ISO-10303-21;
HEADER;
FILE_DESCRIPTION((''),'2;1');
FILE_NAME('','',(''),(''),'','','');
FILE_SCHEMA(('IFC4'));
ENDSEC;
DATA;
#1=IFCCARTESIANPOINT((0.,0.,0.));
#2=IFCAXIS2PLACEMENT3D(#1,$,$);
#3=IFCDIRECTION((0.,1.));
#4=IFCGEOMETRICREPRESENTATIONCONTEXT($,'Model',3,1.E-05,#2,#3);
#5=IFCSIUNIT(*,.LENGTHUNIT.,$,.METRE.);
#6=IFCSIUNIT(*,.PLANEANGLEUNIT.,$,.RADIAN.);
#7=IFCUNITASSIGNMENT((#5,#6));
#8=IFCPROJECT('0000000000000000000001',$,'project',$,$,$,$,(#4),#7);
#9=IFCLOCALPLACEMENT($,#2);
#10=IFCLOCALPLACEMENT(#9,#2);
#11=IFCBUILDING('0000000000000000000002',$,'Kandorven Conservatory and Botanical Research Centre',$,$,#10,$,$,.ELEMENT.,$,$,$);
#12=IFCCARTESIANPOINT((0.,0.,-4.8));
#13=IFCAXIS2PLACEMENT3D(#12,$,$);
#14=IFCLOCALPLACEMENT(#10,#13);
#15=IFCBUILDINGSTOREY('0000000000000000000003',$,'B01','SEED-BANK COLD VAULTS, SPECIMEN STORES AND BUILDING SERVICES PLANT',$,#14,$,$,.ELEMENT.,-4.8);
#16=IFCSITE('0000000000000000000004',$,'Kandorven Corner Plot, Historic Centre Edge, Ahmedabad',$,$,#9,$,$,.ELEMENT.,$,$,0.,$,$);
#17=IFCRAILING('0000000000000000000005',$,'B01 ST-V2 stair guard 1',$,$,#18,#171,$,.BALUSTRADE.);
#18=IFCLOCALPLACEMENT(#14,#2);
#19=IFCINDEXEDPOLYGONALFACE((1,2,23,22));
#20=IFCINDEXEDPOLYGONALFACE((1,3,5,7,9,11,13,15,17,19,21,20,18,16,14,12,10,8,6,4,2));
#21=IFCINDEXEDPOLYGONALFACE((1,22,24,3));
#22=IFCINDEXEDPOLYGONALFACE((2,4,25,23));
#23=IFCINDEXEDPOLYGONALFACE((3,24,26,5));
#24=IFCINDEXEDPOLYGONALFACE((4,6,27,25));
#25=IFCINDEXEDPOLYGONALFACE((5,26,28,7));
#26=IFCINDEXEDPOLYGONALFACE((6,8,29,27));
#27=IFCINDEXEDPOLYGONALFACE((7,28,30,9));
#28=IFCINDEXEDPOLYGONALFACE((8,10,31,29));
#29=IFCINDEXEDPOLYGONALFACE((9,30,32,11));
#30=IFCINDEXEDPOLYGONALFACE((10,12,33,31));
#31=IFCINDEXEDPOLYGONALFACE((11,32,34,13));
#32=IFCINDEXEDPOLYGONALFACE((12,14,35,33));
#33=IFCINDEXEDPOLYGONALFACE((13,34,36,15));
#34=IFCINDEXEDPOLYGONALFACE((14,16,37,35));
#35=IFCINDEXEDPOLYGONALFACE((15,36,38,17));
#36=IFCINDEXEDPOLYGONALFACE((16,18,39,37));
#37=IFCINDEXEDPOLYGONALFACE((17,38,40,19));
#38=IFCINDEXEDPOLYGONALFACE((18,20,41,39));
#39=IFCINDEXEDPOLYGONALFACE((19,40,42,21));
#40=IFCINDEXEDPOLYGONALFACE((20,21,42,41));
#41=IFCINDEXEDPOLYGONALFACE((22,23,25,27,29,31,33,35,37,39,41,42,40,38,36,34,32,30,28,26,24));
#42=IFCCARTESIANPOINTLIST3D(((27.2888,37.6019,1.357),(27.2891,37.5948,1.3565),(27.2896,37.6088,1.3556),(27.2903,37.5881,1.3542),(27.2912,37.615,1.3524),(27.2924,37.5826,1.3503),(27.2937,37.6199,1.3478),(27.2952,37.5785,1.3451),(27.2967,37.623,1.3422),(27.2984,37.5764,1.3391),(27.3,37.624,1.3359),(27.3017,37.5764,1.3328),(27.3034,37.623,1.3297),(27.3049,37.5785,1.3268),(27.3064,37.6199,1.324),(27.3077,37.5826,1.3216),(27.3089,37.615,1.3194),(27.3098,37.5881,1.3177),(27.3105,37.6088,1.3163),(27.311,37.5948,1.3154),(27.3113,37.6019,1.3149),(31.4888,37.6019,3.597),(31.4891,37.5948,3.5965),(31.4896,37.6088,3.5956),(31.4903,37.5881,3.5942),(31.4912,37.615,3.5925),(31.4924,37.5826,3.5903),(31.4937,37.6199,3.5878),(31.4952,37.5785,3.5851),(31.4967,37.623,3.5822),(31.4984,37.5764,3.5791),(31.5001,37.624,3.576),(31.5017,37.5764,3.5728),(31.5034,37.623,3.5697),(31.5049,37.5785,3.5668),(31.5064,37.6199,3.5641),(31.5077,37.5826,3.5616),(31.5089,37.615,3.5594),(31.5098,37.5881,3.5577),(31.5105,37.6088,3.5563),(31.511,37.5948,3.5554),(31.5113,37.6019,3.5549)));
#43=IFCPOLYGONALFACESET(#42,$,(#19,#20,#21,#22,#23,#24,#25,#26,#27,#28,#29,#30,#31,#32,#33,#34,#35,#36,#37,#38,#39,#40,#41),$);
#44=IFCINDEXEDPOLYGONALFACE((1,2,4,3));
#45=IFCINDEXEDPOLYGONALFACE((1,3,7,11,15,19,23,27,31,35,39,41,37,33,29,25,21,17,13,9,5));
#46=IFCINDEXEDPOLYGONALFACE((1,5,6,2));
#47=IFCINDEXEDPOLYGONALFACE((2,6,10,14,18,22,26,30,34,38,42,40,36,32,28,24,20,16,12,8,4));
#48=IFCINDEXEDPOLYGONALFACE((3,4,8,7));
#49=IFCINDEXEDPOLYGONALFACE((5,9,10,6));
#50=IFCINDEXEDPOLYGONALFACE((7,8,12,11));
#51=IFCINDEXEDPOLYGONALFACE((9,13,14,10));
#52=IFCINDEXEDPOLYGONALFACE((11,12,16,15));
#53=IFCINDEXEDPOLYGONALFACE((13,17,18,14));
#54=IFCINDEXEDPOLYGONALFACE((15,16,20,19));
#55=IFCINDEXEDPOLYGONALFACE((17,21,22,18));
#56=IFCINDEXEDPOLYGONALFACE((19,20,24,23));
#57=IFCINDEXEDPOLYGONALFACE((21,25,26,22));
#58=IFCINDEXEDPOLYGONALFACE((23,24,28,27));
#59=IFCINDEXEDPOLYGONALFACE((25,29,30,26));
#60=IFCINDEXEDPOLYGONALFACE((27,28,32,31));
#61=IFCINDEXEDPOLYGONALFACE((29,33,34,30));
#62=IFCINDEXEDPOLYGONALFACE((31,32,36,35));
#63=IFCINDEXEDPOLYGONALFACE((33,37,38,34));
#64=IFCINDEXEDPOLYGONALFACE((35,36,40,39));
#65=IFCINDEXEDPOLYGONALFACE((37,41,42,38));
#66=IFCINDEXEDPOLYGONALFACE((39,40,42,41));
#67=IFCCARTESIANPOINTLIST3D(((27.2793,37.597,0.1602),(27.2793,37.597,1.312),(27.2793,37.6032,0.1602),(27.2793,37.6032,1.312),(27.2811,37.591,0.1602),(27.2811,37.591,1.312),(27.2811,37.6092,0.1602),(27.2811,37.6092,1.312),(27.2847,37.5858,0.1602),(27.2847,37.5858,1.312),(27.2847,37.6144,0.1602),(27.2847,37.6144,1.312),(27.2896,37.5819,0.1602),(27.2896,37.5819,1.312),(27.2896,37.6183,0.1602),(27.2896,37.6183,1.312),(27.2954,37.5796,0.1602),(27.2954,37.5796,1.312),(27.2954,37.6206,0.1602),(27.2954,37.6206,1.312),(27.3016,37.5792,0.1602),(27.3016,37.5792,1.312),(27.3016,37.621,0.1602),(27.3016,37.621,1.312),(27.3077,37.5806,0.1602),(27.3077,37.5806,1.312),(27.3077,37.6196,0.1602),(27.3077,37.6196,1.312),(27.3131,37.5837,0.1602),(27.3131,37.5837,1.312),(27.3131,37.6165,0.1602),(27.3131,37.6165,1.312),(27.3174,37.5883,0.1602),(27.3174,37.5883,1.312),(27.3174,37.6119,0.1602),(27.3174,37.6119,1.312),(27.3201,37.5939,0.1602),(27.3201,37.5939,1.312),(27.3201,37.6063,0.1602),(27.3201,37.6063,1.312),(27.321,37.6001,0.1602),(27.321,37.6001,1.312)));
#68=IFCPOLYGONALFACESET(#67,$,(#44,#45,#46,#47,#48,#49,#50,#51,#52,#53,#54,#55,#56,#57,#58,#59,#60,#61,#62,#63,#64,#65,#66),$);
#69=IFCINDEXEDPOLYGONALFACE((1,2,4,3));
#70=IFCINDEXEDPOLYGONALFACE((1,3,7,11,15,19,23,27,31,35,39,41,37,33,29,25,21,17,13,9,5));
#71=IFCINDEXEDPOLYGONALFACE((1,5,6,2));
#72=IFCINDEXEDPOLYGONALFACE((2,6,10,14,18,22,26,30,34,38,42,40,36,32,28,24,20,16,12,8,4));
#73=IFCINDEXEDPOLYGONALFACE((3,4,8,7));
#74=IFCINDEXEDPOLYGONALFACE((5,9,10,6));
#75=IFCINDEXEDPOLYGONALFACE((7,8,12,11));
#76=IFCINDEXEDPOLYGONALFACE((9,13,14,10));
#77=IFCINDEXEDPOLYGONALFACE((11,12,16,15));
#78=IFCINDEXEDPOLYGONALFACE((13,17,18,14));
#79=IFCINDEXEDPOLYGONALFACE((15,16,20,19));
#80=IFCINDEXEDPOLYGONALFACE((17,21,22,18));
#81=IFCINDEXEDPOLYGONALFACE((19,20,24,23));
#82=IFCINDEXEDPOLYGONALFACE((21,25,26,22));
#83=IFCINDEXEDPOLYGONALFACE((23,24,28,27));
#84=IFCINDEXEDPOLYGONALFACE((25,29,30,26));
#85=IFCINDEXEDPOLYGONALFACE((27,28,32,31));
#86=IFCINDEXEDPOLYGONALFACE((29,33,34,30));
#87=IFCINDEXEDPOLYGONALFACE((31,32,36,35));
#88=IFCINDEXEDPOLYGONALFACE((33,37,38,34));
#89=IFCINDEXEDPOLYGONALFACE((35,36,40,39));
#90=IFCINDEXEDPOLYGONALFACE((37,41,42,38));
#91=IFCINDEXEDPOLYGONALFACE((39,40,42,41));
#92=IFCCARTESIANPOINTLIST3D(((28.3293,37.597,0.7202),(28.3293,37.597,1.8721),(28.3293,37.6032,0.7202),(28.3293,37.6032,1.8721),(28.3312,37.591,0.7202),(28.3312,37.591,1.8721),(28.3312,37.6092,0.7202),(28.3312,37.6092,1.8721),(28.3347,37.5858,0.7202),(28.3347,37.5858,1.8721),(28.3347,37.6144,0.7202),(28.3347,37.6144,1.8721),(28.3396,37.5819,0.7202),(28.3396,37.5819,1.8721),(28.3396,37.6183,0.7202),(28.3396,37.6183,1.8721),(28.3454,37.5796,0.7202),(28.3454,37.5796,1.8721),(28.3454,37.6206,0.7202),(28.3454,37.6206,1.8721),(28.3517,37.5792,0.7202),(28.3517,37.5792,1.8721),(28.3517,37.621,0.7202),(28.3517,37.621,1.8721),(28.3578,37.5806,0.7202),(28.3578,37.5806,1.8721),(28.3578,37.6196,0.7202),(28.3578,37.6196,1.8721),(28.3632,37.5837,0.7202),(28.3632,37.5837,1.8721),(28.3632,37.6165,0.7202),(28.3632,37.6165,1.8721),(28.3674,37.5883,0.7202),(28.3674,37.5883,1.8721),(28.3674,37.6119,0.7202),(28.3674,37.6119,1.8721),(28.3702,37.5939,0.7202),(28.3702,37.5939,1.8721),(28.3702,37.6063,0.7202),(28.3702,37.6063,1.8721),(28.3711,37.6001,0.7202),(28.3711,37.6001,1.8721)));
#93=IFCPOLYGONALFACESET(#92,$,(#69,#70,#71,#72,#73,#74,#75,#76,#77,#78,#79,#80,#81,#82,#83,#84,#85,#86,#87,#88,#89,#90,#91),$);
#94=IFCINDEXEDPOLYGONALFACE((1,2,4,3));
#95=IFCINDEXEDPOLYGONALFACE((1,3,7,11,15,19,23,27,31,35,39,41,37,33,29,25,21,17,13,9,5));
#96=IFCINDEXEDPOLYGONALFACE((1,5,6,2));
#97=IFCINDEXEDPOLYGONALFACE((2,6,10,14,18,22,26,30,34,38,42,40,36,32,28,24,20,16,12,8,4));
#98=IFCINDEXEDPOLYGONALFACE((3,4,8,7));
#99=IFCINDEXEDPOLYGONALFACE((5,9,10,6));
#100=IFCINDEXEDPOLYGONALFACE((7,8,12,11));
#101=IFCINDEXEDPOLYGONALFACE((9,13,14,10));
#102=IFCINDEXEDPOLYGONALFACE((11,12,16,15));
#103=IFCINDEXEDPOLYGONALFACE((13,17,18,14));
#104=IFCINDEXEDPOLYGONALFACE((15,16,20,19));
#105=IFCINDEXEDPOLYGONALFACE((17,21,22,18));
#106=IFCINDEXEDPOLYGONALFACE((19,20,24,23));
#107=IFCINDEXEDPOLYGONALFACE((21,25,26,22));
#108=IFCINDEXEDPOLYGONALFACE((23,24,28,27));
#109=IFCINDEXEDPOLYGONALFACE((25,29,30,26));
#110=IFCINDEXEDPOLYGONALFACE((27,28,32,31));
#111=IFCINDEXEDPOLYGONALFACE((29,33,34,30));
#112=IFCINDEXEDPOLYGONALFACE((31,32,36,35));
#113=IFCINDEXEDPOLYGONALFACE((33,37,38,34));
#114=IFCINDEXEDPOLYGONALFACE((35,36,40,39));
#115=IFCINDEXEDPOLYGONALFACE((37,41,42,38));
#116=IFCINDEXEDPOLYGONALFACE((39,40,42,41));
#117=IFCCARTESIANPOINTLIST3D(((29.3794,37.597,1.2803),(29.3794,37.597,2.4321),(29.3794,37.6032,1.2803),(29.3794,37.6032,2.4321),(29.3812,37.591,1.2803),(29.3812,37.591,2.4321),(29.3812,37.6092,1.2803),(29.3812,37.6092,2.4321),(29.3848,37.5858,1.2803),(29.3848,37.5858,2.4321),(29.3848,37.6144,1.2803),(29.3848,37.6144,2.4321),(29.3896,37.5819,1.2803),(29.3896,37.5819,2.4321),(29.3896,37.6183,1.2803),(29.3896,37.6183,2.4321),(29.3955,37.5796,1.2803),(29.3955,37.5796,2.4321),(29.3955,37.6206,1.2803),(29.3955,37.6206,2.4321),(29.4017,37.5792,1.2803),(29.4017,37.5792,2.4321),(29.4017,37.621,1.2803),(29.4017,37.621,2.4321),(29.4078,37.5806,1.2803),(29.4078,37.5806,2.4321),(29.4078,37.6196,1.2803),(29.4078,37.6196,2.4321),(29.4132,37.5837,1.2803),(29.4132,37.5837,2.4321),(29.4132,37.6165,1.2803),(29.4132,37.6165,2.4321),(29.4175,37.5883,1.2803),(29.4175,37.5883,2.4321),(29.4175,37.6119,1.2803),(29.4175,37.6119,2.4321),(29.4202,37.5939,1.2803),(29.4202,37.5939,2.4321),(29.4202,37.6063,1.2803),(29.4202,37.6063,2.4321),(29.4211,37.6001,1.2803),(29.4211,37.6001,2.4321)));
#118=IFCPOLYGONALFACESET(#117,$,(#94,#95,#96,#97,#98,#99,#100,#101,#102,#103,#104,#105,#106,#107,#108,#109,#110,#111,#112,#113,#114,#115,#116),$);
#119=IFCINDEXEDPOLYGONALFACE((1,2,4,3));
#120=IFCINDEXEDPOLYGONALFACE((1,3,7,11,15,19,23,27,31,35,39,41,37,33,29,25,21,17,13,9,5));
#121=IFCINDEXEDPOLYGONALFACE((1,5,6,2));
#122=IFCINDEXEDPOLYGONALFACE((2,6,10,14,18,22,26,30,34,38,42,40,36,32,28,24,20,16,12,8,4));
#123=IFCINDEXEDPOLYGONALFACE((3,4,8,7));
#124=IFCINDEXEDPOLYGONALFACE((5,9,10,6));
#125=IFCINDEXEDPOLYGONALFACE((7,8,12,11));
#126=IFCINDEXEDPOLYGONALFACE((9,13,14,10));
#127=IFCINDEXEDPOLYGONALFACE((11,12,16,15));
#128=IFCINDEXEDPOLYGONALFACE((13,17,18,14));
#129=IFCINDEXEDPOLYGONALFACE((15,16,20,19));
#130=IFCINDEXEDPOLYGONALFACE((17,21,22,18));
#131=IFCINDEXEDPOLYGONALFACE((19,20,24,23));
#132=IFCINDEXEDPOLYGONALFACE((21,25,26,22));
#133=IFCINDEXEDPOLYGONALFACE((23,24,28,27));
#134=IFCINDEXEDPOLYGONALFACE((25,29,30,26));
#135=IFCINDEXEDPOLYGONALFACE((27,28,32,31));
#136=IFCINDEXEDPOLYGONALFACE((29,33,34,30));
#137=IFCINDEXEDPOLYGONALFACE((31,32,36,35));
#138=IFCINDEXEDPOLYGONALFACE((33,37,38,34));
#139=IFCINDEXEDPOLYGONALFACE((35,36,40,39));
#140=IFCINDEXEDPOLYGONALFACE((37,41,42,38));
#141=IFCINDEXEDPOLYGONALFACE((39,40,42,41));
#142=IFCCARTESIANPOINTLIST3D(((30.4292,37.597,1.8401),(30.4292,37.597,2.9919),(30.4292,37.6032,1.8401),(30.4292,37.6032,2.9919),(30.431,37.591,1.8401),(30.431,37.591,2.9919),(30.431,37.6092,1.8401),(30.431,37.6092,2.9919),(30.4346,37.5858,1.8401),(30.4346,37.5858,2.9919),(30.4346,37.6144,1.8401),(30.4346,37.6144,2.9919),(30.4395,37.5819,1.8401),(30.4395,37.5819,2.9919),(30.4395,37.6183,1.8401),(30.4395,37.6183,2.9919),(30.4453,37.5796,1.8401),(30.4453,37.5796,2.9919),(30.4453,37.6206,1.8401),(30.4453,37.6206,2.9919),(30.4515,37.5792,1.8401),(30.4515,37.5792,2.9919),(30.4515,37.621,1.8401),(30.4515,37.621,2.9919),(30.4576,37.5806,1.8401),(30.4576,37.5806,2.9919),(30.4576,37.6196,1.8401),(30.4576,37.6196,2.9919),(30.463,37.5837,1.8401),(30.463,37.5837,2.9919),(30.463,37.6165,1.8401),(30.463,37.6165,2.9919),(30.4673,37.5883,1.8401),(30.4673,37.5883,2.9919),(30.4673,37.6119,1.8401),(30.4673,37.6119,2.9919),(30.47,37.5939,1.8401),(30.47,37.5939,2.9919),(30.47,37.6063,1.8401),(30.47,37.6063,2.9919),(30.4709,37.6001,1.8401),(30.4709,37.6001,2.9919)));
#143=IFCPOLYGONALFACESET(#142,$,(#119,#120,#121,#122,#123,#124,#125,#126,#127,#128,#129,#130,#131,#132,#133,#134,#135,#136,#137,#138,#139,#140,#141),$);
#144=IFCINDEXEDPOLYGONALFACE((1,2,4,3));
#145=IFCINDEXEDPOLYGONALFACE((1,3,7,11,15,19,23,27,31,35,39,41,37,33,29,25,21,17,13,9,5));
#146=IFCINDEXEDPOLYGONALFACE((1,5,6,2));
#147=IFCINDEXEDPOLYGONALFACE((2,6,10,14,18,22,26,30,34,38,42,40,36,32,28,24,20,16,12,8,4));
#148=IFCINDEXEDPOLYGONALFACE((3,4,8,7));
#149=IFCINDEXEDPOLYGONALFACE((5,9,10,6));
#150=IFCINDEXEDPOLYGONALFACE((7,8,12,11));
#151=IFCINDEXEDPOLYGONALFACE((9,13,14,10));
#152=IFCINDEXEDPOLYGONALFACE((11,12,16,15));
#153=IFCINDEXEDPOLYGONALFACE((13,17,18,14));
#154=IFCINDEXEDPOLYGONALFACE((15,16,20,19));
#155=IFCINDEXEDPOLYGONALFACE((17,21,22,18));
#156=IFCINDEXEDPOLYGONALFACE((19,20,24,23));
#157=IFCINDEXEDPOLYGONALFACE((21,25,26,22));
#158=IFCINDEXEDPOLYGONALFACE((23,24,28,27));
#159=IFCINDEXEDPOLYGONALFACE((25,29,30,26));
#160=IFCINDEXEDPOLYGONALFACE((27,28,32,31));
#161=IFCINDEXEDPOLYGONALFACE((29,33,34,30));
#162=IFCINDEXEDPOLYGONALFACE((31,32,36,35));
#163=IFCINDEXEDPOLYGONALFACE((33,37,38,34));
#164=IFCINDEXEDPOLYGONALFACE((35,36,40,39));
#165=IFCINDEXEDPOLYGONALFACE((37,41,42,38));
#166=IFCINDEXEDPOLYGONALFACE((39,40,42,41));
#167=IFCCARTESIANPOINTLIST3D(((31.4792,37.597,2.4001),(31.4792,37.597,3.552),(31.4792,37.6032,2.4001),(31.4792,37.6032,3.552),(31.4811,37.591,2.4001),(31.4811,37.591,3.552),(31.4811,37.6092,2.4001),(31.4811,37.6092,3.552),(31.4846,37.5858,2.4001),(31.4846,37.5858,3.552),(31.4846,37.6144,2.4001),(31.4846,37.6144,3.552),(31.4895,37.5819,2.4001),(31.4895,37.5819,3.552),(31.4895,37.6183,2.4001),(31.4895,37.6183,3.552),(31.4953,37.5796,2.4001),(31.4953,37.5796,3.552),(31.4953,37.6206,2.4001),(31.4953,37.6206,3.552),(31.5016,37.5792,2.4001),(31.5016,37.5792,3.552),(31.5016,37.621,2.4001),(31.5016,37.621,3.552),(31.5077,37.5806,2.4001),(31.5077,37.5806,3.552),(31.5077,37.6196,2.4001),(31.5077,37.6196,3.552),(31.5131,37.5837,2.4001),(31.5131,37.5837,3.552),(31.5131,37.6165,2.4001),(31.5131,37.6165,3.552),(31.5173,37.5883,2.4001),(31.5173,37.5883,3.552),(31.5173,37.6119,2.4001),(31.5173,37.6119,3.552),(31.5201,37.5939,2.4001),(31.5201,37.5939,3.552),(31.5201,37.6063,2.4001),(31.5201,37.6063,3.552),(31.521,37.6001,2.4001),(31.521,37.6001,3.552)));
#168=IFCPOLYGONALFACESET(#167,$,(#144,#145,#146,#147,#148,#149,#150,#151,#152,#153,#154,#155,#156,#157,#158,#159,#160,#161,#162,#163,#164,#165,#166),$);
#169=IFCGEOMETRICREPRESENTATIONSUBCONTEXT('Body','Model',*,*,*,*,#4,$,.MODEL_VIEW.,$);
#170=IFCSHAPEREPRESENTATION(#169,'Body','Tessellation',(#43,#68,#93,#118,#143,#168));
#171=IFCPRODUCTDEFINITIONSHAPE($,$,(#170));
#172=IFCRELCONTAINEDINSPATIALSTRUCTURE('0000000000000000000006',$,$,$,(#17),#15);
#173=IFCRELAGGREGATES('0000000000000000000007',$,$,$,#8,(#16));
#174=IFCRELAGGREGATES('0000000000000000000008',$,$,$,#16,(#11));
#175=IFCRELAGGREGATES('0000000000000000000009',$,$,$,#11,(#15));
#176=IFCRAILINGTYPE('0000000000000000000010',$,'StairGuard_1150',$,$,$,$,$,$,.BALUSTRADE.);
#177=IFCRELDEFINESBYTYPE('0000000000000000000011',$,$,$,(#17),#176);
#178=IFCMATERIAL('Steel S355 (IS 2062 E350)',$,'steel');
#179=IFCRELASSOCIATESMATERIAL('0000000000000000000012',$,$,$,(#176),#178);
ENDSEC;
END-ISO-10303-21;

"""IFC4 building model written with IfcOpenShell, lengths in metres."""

from ifc_helpers import new_model, si_unit, direction, frame, origin, origin_2d, place, context, subcontext, project, spatial, circle, extrude, material, type_object, element, save


model = new_model("IFC4")

# Units and contexts
model_context = context("Model", 3, precision=1e-05, world=origin(), true_north=direction((0.0, 1.0)))
body_context = subcontext(model_context, "Body", "Model", "MODEL_VIEW")
ifc_project = project(units=[si_unit("LENGTHUNIT", "METRE"), si_unit("PLANEANGLEUNIT", "RADIAN")], contexts=[model_context])

# Site, building, storey
site_placement = place(None, origin())
site = spatial("IfcSite", under=ifc_project, at=site_placement, Name="Kandorven Corner Plot, Historic Centre Edge, Ahmedabad", CompositionType="ELEMENT", RefElevation=0.0)
building_placement = place(site_placement, origin())
building = spatial("IfcBuilding", under=site, at=building_placement, Name="Kandorven Conservatory and Botanical Research Centre", CompositionType="ELEMENT")
storey_placement = place(building_placement, frame((0.0, 0.0, -4.8)))
storey = spatial("IfcBuildingStorey", under=building, at=storey_placement, Name="B01", Description="SEED-BANK COLD VAULTS, SPECIMEN STORES AND BUILDING SERVICES PLANT", CompositionType="ELEMENT", Elevation=-4.8)

# Railing
ifc_material_1 = material(Name="Steel S355 (IS 2062 E350)", Category="steel")
railing_type_1 = type_object("IfcRailingType", Name="StairGuard_1150", PredefinedType="BALUSTRADE", material=ifc_material_1)
railing_1_placement = place(storey_placement, frame((27.3, 37.6001, 0.1602)))
element("IfcRailing", 1, at=railing_1_placement, inside=storey, type_object=railing_type_1, Name="B01 ST-V2 stair guard 1", PredefinedType="BALUSTRADE", context=body_context, shape_type="SweptSolid", body=[
    extrude(circle(Radius=0.0239, at=origin_2d()), frame((0.0, 0.0, 1.1758), z_axis=(0.882352, 0.0, 0.470591), x_axis=(0.0, 1.0, 0.0)), (0.0, 0.0, 1.0), 4.76),
    extrude(circle(Radius=0.021, at=origin_2d()), origin(), (0.0, 0.0, 1.0), 1.1519),
    extrude(circle(Radius=0.021, at=origin_2d()), frame((1.05, 0.0, 0.5601)), (0.0, 0.0, 1.0), 1.1519),
    extrude(circle(Radius=0.021, at=origin_2d()), frame((2.1001, 0.0, 1.1201)), (0.0, 0.0, 1.0), 1.1519),
    extrude(circle(Radius=0.021, at=origin_2d()), frame((3.1499, 0.0, 1.6799)), (0.0, 0.0, 1.0), 1.1519),
    extrude(circle(Radius=0.021, at=origin_2d()), frame((4.2, 0.0, 2.24)), (0.0, 0.0, 1.0), 1.1519),
])

save(model, "model.ifc")
